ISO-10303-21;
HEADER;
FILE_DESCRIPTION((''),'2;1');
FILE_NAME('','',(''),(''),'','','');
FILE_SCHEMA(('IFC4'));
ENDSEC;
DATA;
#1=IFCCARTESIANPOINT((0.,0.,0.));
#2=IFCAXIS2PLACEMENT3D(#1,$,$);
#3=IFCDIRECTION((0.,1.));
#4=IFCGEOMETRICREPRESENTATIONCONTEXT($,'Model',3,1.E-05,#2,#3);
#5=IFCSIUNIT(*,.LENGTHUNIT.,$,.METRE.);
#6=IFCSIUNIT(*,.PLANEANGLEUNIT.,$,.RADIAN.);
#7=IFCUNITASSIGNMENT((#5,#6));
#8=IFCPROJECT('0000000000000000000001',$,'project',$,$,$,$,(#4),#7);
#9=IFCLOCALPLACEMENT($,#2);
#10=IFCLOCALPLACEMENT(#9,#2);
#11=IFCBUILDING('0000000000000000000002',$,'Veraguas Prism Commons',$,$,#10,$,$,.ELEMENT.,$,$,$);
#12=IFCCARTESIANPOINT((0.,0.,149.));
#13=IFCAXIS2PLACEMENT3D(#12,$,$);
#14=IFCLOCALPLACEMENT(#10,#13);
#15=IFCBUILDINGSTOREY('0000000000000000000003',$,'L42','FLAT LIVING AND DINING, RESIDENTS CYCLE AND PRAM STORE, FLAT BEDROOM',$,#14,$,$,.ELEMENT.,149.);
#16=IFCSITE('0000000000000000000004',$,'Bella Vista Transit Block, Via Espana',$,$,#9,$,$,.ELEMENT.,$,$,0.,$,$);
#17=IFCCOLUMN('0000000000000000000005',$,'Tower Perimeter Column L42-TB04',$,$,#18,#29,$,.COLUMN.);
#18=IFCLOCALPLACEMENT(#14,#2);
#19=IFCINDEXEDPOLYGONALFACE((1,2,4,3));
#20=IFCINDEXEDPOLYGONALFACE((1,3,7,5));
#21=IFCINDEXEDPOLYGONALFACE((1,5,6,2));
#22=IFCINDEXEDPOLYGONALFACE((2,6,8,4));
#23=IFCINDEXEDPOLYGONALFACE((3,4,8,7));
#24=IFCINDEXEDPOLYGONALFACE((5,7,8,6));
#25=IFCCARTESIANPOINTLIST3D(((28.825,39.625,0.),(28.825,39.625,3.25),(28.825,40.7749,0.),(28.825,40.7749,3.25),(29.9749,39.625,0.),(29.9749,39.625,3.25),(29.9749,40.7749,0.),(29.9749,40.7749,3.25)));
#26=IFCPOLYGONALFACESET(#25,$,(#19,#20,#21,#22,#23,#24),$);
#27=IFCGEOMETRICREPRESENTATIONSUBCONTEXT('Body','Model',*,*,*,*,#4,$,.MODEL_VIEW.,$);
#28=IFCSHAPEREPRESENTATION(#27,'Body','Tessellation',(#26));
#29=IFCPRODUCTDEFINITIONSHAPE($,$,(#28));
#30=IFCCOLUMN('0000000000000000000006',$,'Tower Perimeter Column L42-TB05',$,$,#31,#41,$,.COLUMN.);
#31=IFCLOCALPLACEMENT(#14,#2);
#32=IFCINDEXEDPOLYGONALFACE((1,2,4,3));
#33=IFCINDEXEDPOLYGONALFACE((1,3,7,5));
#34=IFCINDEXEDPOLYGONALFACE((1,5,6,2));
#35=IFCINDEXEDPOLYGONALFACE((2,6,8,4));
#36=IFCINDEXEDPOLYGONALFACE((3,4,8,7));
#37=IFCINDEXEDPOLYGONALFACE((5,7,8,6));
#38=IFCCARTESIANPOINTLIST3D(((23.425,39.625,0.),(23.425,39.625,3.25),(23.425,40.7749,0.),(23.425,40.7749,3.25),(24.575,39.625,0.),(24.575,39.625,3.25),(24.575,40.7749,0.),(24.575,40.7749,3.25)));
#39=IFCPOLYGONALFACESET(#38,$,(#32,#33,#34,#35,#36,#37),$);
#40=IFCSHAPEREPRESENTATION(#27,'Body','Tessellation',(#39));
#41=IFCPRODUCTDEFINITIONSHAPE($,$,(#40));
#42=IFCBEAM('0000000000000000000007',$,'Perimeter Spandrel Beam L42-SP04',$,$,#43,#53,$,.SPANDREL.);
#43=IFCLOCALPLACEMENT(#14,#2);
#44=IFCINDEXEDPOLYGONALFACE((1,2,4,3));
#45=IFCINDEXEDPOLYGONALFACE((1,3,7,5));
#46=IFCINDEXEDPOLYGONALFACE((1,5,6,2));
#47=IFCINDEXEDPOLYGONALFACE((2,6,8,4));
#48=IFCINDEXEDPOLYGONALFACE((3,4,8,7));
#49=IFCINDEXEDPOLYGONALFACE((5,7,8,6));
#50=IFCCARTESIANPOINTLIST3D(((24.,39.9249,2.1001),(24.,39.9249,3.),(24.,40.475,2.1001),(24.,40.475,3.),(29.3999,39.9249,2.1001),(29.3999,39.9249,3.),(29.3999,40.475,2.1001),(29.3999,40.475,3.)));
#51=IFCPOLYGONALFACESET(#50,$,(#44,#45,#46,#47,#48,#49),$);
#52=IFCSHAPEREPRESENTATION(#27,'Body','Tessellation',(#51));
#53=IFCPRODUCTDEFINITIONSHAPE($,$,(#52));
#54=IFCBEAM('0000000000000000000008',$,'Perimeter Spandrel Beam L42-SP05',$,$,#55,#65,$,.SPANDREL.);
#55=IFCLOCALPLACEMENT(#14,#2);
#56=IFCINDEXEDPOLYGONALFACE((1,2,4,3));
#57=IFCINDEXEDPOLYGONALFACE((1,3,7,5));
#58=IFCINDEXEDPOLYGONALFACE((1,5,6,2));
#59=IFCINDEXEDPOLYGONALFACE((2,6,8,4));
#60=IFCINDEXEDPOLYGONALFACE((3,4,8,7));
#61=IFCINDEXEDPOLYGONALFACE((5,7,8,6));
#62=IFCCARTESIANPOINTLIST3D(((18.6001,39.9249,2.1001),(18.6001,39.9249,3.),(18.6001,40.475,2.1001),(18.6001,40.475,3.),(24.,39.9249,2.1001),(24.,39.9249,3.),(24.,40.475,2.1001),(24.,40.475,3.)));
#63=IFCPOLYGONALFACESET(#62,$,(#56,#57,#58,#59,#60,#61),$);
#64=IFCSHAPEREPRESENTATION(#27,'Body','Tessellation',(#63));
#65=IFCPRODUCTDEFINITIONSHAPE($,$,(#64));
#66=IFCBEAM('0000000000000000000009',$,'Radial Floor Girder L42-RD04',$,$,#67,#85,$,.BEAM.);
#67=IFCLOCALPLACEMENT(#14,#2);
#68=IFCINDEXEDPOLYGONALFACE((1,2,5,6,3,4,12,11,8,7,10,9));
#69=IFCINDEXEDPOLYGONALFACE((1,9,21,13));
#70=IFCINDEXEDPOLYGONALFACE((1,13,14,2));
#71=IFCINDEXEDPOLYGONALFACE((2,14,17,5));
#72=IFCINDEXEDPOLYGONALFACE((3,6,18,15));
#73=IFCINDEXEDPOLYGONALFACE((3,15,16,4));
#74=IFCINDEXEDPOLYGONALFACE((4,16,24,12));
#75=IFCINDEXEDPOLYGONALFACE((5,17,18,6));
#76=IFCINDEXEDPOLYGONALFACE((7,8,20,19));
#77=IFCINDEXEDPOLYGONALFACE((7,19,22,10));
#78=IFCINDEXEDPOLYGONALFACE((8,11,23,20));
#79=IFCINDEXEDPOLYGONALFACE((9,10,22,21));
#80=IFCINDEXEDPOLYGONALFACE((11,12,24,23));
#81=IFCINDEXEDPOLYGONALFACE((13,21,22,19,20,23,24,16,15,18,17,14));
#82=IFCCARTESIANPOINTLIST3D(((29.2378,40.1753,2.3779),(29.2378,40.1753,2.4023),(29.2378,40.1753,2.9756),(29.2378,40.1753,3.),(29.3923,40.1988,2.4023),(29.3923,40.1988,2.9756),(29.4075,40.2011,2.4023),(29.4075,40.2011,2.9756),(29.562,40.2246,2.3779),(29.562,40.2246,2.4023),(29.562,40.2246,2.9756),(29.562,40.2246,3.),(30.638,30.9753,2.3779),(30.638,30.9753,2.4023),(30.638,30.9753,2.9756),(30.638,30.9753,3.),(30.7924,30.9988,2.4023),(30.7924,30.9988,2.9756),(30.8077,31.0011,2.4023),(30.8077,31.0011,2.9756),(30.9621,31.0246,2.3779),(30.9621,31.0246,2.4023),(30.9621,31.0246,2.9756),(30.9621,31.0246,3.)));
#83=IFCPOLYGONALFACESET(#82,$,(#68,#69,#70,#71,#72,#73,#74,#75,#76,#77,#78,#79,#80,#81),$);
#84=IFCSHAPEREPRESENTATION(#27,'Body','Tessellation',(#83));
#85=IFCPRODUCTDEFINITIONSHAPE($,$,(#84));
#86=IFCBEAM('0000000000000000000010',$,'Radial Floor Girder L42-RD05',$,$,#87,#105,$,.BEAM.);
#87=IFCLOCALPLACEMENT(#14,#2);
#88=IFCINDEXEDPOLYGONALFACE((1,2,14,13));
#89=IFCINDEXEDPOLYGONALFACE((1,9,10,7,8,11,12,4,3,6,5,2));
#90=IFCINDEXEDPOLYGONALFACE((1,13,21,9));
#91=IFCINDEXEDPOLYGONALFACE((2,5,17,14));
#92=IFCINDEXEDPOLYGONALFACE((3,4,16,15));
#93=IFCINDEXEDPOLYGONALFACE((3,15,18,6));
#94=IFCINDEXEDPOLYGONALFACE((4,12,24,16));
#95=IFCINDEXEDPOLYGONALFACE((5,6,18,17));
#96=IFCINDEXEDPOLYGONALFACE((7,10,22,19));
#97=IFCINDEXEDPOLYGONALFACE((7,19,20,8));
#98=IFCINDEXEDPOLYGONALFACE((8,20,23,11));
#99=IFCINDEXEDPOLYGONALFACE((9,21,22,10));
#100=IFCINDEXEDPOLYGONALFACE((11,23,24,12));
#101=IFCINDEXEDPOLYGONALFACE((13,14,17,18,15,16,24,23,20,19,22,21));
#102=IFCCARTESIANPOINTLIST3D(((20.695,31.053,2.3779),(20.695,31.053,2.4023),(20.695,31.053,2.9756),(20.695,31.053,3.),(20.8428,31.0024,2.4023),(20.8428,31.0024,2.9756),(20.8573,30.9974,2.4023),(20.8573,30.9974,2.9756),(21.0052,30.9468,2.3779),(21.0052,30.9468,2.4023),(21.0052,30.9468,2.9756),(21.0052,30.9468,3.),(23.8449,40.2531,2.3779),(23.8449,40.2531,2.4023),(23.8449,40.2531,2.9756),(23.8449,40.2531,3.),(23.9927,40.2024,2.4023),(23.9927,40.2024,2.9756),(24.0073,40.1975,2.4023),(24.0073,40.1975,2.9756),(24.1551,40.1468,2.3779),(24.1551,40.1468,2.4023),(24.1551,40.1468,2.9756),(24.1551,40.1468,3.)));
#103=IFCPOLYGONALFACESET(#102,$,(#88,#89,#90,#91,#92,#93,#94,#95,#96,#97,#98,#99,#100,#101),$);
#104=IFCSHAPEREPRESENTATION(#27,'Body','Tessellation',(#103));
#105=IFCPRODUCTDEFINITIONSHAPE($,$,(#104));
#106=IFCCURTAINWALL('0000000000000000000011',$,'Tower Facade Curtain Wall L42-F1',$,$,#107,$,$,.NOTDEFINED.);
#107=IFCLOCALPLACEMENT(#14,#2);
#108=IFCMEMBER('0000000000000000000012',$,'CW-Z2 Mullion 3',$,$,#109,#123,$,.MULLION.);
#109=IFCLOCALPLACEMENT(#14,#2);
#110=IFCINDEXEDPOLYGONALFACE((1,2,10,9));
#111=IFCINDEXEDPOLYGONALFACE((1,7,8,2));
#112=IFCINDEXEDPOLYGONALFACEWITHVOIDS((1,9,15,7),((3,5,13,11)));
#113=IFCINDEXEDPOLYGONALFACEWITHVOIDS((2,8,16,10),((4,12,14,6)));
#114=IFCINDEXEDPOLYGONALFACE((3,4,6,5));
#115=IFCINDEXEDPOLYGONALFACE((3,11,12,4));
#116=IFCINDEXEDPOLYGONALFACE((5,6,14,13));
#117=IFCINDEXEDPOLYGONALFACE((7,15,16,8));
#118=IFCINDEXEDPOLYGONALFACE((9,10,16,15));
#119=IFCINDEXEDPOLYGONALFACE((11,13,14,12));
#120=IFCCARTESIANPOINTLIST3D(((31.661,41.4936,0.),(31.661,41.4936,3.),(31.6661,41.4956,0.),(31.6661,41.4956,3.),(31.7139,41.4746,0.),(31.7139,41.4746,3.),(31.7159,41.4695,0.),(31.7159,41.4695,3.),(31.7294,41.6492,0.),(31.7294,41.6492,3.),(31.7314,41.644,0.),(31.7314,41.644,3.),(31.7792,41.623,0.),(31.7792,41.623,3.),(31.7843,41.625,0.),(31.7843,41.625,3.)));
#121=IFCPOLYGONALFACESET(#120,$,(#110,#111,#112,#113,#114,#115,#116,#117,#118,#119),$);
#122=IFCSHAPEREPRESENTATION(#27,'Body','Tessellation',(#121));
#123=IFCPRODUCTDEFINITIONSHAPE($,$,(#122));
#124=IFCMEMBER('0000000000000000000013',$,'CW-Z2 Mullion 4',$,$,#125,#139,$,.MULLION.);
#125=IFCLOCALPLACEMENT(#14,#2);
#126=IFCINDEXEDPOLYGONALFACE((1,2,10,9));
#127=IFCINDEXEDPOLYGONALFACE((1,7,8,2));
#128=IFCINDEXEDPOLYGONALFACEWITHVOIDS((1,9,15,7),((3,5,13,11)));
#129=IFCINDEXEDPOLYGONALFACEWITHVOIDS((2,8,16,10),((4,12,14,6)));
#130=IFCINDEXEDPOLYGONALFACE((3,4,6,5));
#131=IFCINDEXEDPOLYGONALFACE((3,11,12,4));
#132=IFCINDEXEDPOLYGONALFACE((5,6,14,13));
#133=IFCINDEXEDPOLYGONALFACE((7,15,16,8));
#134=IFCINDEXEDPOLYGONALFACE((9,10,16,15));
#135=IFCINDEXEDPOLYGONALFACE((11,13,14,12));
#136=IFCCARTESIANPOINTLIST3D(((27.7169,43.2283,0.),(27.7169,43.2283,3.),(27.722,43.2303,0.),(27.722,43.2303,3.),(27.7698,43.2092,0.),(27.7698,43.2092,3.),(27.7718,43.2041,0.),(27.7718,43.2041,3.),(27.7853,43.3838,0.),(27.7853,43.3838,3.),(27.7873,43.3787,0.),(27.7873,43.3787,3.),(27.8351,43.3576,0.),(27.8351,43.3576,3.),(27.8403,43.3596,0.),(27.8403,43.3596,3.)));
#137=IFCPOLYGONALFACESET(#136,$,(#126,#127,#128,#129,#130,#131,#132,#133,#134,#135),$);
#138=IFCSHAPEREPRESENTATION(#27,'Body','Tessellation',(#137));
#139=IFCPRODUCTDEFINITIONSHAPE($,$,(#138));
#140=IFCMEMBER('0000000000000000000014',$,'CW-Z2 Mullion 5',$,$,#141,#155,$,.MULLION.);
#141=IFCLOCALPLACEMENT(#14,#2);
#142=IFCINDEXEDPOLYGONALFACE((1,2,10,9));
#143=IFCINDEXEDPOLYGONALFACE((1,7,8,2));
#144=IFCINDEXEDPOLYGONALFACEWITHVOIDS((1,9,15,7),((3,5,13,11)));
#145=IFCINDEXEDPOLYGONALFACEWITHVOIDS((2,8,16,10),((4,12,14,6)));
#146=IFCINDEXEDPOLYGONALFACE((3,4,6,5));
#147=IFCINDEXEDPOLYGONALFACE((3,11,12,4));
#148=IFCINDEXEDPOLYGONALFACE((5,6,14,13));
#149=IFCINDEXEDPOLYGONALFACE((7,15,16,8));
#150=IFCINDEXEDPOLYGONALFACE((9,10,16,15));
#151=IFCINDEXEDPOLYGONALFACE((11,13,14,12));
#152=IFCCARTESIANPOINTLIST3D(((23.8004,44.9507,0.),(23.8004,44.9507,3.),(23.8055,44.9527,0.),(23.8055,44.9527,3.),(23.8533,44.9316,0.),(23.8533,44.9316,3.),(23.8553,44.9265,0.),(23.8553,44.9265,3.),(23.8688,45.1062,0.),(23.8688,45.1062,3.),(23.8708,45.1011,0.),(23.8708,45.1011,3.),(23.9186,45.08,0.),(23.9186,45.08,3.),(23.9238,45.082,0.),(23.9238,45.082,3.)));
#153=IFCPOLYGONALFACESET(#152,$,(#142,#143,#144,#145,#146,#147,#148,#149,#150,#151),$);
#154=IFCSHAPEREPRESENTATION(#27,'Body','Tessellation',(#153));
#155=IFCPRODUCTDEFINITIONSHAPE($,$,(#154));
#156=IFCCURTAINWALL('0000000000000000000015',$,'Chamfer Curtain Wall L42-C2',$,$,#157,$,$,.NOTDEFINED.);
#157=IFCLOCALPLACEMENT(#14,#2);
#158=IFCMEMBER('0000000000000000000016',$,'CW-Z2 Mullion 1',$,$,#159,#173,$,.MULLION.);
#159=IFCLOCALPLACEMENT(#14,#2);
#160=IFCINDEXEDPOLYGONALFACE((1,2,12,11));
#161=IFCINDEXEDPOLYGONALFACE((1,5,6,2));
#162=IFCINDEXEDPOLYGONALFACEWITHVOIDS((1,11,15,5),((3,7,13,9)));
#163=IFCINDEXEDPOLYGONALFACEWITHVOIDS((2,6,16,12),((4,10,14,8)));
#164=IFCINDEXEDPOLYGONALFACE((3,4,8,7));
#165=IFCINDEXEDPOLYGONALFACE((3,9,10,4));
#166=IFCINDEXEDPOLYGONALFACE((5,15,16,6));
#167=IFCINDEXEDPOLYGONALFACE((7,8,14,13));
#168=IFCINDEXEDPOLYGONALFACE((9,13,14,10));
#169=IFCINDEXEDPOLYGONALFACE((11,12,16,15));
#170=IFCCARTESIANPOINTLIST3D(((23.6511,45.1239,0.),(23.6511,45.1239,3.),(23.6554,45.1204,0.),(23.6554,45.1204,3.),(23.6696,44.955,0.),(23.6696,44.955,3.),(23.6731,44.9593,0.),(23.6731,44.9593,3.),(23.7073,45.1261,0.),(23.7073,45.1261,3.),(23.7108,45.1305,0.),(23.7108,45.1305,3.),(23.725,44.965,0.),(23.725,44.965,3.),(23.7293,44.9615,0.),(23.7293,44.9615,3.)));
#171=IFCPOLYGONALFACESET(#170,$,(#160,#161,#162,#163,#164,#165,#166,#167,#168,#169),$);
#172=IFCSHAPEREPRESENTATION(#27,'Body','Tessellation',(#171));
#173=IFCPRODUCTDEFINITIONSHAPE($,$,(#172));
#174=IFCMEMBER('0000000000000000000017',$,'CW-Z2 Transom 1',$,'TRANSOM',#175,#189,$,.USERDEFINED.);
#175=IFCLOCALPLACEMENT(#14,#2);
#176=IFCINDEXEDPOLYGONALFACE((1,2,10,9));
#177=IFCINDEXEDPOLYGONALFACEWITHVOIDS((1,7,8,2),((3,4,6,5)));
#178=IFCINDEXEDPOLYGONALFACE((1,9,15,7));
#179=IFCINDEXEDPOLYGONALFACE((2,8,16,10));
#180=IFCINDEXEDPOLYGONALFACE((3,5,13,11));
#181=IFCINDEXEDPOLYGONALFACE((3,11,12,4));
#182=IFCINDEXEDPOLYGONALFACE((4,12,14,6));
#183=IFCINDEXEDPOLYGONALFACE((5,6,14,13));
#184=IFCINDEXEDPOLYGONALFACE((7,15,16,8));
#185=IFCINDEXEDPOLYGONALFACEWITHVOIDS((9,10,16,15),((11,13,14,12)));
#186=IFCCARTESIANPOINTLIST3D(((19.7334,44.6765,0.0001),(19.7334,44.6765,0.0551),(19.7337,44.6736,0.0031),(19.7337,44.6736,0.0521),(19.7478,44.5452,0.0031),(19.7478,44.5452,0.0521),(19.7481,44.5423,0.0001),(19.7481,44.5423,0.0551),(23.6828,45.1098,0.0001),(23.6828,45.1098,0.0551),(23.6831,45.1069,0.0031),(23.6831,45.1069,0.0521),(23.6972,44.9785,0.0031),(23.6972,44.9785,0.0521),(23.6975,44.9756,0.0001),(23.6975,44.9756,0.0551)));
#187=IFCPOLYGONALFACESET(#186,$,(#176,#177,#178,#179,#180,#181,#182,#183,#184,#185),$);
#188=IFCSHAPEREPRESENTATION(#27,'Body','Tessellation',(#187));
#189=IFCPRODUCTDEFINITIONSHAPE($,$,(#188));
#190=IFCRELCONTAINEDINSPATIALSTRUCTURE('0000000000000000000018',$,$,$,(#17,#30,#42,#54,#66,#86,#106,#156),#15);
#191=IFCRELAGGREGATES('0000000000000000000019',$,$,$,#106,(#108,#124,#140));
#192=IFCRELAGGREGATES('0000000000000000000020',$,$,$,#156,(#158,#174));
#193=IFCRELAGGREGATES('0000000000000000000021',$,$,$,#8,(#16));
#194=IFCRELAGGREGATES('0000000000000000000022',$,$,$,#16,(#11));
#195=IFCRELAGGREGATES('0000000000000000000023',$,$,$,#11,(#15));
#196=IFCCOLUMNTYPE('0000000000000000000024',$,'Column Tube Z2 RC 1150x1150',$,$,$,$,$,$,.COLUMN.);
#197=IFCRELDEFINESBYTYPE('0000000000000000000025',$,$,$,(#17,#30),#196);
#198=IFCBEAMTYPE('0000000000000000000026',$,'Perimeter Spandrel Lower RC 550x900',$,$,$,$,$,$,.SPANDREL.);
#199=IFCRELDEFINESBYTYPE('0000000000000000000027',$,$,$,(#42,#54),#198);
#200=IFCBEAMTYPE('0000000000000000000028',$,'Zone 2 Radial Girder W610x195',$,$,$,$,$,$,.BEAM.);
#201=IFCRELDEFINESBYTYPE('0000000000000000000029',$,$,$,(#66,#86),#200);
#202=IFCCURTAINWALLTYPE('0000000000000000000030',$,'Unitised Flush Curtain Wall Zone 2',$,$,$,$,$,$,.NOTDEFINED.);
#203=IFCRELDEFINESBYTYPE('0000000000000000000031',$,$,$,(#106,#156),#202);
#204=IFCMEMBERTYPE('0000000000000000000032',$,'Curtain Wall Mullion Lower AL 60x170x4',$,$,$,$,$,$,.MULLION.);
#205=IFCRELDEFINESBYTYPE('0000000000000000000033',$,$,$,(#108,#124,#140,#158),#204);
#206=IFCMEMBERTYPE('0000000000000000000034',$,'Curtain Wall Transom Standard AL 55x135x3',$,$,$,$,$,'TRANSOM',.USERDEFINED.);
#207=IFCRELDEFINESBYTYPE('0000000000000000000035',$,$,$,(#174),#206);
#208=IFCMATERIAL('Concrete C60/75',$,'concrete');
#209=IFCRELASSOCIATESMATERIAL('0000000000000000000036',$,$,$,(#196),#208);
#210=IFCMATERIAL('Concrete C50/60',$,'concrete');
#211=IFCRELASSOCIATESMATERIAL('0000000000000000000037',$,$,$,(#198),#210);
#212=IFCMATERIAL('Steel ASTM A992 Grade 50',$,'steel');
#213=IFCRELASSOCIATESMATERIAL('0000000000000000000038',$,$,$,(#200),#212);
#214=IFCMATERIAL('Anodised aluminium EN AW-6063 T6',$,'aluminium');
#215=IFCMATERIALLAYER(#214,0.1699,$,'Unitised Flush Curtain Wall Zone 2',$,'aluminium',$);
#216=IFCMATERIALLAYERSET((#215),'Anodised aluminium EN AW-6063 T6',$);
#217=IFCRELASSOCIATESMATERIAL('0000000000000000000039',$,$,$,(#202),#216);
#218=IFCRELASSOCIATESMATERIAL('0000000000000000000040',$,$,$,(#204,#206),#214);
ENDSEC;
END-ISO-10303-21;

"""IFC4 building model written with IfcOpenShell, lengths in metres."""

from ifc_helpers import new_model, si_unit, direction, frame, origin, origin_2d, place, context, subcontext, project, spatial, rectangle, hollow_rectangle, i_section, extrude, source, transform, mapped, material, layer, layer_set, material_profile, profile_set, type_object, element, aggregate, save


model = new_model("IFC4")

# Units and contexts
model_context = context("Model", 3, precision=1e-05, world=origin(), true_north=direction((0.0, 1.0)))
body_context = subcontext(model_context, "Body", "Model", "MODEL_VIEW")
ifc_project = project(units=[si_unit("LENGTHUNIT", "METRE"), si_unit("PLANEANGLEUNIT", "RADIAN")], contexts=[model_context])

# Site, building, storey
site_placement = place(None, origin())
site = spatial("IfcSite", under=ifc_project, at=site_placement, Name="Bella Vista Transit Block, Via Espana", CompositionType="ELEMENT", RefElevation=0.0)
building_placement = place(site_placement, origin())
building = spatial("IfcBuilding", under=site, at=building_placement, Name="Veraguas Prism Commons", CompositionType="ELEMENT")
storey_placement = place(building_placement, frame((0.0, 0.0, 149.0)))
storey = spatial("IfcBuildingStorey", under=building, at=storey_placement, Name="L42", Description="FLAT LIVING AND DINING, RESIDENTS CYCLE AND PRAM STORE, FLAT BEDROOM", CompositionType="ELEMENT", Elevation=149.0)

# Columns
ifc_material_1 = material(Name="Concrete C60/75", Category="concrete")
ifc_material_profile_1 = material_profile(ifc_material_1, rectangle(XDim=1.1499, YDim=1.1499, at=origin_2d()), Name="RC1150X1150")
ifc_profile_set_1 = profile_set([ifc_material_profile_1], Name="Concrete C60/75")
column_type = type_object("IfcColumnType", Name="Column Tube Z2 RC 1150x1150", PredefinedType="COLUMN", material=ifc_profile_set_1)
for number, where, z_axis, x_axis, name in (
    (1, (29.3999, 40.2, 0.0), (0.0, 0.0, 1.0), (1.0, 0.0, 0.0), "Tower Perimeter Column L42-TB04"),
    (2, (24.0, 40.2, 0.0), (0.0, 0.0, 1.0), (1.0, 0.0, 0.0), "Tower Perimeter Column L42-TB05"),
):
    element("IfcColumn", number, at=place(storey_placement, frame(where, z_axis=z_axis, x_axis=x_axis)), inside=storey, type_object=column_type, Name=name, PredefinedType="COLUMN", context=body_context, shape_type="SweptSolid", body=[
        extrude(rectangle(XDim=1.1499, YDim=1.1499, at=origin_2d()), origin(), (0.0, 0.0, 1.0), 3.25),
    ])

# Beams
ifc_material_2 = material(Name="Concrete C50/60", Category="concrete")
ifc_material_profile_2 = material_profile(ifc_material_2, rectangle(XDim=0.55, YDim=0.8999, at=origin_2d()), Name="RC550X900")
ifc_profile_set_2 = profile_set([ifc_material_profile_2], Name="Concrete C50/60")
beam_type_1 = type_object("IfcBeamType", Name="Perimeter Spandrel Lower RC 550x900", PredefinedType="SPANDREL", material=ifc_profile_set_2)
for number, where, z_axis, x_axis, name in (
    (3, (29.3999, 40.2, 2.55), (-1.0, 0.0, 0.0), (0.0, -1.0, 0.0), "Perimeter Spandrel Beam L42-SP04"),
    (4, (24.0, 40.2, 2.55), (-1.0, 0.0, 0.0), (0.0, -1.0, 0.0), "Perimeter Spandrel Beam L42-SP05"),
):
    element("IfcBeam", number, at=place(storey_placement, frame(where, z_axis=z_axis, x_axis=x_axis)), inside=storey, type_object=beam_type_1, Name=name, PredefinedType="SPANDREL", context=body_context, shape_type="SweptSolid", body=[
        extrude(rectangle(XDim=0.55, YDim=0.8999, at=origin_2d()), origin(), (0.0, 0.0, 1.0), 5.3999),
    ])
ifc_material_3 = material(Name="Steel ASTM A992 Grade 50", Category="steel")
ifc_material_profile_3 = material_profile(ifc_material_3, i_section(OverallWidth=0.3279, OverallDepth=0.6221, WebThickness=0.0154, FlangeThickness=0.0244, at=origin_2d()), Name="W610X195")
ifc_profile_set_3 = profile_set([ifc_material_profile_3], Name="Steel ASTM A992 Grade 50")
beam_type_2 = type_object("IfcBeamType", Name="Zone 2 Radial Girder W610x195", PredefinedType="BEAM", material=ifc_profile_set_3)
beam_1_placement = place(storey_placement, frame((29.3999, 40.2, 2.689), z_axis=(0.150458, -0.988616, 0.0), x_axis=(0.988616, 0.150458, 0.0)))
element("IfcBeam", 5, at=beam_1_placement, inside=storey, type_object=beam_type_2, Name="Radial Floor Girder L42-RD04", PredefinedType="BEAM", context=body_context, shape_type="SweptSolid", body=[
    extrude(i_section(OverallWidth=0.3279, OverallDepth=0.6221, WebThickness=0.0154, FlangeThickness=0.0244, at=origin_2d()), origin(), (0.0, 0.0, 1.0), 9.3059),
])
beam_2_placement = place(storey_placement, frame((24.0, 40.2, 2.689), z_axis=(-0.323922, -0.946084, 0.0), x_axis=(0.946084, -0.323922, 0.0)))
element("IfcBeam", 6, at=beam_2_placement, inside=storey, type_object=beam_type_2, Name="Radial Floor Girder L42-RD05", PredefinedType="BEAM", context=body_context, shape_type="SweptSolid", body=[
    extrude(i_section(OverallWidth=0.3279, OverallDepth=0.6221, WebThickness=0.0154, FlangeThickness=0.0244, at=origin_2d()), origin(), (0.0, 0.0, 1.0), 9.7244),
])

# Curtain walls, members
ifc_material_4 = material(Name="Anodised aluminium EN AW-6063 T6", Category="aluminium")
ifc_layer_1 = layer(ifc_material_4, 0.1699, Name="Unitised Flush Curtain Wall Zone 2", Category="aluminium")
ifc_layer_set_1 = layer_set([ifc_layer_1], Name="Anodised aluminium EN AW-6063 T6")
curtain_wall_type = type_object("IfcCurtainWallType", Name="Unitised Flush Curtain Wall Zone 2", PredefinedType="NOTDEFINED", material=ifc_layer_set_1)
curtain_wall_1_placement = place(storey_placement, origin())
curtain_wall_1 = element("IfcCurtainWall", 7, at=curtain_wall_1_placement, inside=storey, type_object=curtain_wall_type, Name="Tower Facade Curtain Wall L42-F1", PredefinedType="NOTDEFINED")
ifc_material_profile_4 = material_profile(ifc_material_4, hollow_rectangle(XDim=0.0601, YDim=0.1699, WallThickness=0.0039, at=origin_2d()), Name="AL60X170X4")
ifc_profile_set_4 = profile_set([ifc_material_profile_4], Name="Anodised aluminium EN AW-6063 T6")
member_type_1 = type_object("IfcMemberType", Name="Curtain Wall Mullion Lower AL 60x170x4", PredefinedType="MULLION", material=ifc_profile_set_4)
shared_shape_1 = source(origin(), body_context, "Body", "SweptSolid", [
    extrude(hollow_rectangle(XDim=0.0601, YDim=0.1699, WallThickness=0.0039, at=origin_2d()), origin(), (0.0, 0.0, 1.0), 3.0),
])
member_1_placement = place(storey_placement, frame((31.7227, 41.5593, 0.0), z_axis=(0.0, 0.0, 1.0), x_axis=(-0.915385, 0.402579, 0.0)))
member_1 = element("IfcMember", 8, at=member_1_placement, type_object=member_type_1, Name="CW-Z2 Mullion 3", PredefinedType="MULLION", context=body_context, shape_type="MappedRepresentation", body=[
    mapped(shared_shape_1, transform((0.0, 0.0, 0.0), scale=1.0)),
])
member_2_placement = place(storey_placement, frame((27.7786, 43.2939, 0.0), z_axis=(0.0, 0.0, 1.0), x_axis=(-0.915385, 0.402579, 0.0)))
member_2 = element("IfcMember", 9, at=member_2_placement, type_object=member_type_1, Name="CW-Z2 Mullion 4", PredefinedType="MULLION", context=body_context, shape_type="MappedRepresentation", body=[
    mapped(shared_shape_1, transform((0.0, 0.0, 0.0), scale=1.0)),
])
member_3_placement = place(storey_placement, frame((23.8621, 45.0164, 0.0), z_axis=(0.0, 0.0, 1.0), x_axis=(-0.915385, 0.402579, 0.0)))
member_3 = element("IfcMember", 10, at=member_3_placement, type_object=member_type_1, Name="CW-Z2 Mullion 5", PredefinedType="MULLION", context=body_context, shape_type="MappedRepresentation", body=[
    mapped(shared_shape_1, transform((0.0, 0.0, 0.0), scale=1.0)),
])
curtain_wall_2_placement = place(storey_placement, origin())
curtain_wall_2 = element("IfcCurtainWall", 11, at=curtain_wall_2_placement, inside=storey, type_object=curtain_wall_type, Name="Chamfer Curtain Wall L42-C2", PredefinedType="NOTDEFINED")
member_4_placement = place(storey_placement, frame((23.6902, 45.0427, 0.0), z_axis=(0.0, 0.0, 1.0), x_axis=(-0.994034, -0.109068, 0.0)))
member_4 = element("IfcMember", 12, at=member_4_placement, type_object=member_type_1, Name="CW-Z2 Mullion 1", PredefinedType="MULLION", context=body_context, shape_type="MappedRepresentation", body=[
    mapped(shared_shape_1, transform((0.0, 0.0, 0.0), scale=1.0)),
])
ifc_material_profile_5 = material_profile(ifc_material_4, hollow_rectangle(XDim=0.0549, YDim=0.135, WallThickness=0.0029, at=origin_2d()), Name="AL55X135X3")
ifc_profile_set_5 = profile_set([ifc_material_profile_5], Name="Anodised aluminium EN AW-6063 T6")
member_type_2 = type_object("IfcMemberType", Name="Curtain Wall Transom Standard AL 55x135x3", ElementType="TRANSOM", PredefinedType="USERDEFINED", material=ifc_profile_set_5)
shared_shape_2 = source(origin(), body_context, "Body", "SweptSolid", [
    extrude(hollow_rectangle(XDim=0.0549, YDim=0.135, WallThickness=0.0029, at=origin_2d()), origin(), (0.0, 0.0, 1.0), 3.9731),
])
member_5_placement = place(storey_placement, frame((23.6902, 45.0427, 0.0276), z_axis=(-0.994034, -0.109069, 0.0), x_axis=(0.0, 0.0, 1.0)))
member_5 = element("IfcMember", 13, at=member_5_placement, type_object=member_type_2, Name="CW-Z2 Transom 1", ObjectType="TRANSOM", PredefinedType="USERDEFINED", context=body_context, shape_type="MappedRepresentation", body=[
    mapped(shared_shape_2, transform((0.0, 0.0, 0.0), scale=1.0)),
])

aggregate(curtain_wall_1, [member_1, member_2, member_3])
aggregate(curtain_wall_2, [member_4, member_5])

save(model, "model.ifc")
